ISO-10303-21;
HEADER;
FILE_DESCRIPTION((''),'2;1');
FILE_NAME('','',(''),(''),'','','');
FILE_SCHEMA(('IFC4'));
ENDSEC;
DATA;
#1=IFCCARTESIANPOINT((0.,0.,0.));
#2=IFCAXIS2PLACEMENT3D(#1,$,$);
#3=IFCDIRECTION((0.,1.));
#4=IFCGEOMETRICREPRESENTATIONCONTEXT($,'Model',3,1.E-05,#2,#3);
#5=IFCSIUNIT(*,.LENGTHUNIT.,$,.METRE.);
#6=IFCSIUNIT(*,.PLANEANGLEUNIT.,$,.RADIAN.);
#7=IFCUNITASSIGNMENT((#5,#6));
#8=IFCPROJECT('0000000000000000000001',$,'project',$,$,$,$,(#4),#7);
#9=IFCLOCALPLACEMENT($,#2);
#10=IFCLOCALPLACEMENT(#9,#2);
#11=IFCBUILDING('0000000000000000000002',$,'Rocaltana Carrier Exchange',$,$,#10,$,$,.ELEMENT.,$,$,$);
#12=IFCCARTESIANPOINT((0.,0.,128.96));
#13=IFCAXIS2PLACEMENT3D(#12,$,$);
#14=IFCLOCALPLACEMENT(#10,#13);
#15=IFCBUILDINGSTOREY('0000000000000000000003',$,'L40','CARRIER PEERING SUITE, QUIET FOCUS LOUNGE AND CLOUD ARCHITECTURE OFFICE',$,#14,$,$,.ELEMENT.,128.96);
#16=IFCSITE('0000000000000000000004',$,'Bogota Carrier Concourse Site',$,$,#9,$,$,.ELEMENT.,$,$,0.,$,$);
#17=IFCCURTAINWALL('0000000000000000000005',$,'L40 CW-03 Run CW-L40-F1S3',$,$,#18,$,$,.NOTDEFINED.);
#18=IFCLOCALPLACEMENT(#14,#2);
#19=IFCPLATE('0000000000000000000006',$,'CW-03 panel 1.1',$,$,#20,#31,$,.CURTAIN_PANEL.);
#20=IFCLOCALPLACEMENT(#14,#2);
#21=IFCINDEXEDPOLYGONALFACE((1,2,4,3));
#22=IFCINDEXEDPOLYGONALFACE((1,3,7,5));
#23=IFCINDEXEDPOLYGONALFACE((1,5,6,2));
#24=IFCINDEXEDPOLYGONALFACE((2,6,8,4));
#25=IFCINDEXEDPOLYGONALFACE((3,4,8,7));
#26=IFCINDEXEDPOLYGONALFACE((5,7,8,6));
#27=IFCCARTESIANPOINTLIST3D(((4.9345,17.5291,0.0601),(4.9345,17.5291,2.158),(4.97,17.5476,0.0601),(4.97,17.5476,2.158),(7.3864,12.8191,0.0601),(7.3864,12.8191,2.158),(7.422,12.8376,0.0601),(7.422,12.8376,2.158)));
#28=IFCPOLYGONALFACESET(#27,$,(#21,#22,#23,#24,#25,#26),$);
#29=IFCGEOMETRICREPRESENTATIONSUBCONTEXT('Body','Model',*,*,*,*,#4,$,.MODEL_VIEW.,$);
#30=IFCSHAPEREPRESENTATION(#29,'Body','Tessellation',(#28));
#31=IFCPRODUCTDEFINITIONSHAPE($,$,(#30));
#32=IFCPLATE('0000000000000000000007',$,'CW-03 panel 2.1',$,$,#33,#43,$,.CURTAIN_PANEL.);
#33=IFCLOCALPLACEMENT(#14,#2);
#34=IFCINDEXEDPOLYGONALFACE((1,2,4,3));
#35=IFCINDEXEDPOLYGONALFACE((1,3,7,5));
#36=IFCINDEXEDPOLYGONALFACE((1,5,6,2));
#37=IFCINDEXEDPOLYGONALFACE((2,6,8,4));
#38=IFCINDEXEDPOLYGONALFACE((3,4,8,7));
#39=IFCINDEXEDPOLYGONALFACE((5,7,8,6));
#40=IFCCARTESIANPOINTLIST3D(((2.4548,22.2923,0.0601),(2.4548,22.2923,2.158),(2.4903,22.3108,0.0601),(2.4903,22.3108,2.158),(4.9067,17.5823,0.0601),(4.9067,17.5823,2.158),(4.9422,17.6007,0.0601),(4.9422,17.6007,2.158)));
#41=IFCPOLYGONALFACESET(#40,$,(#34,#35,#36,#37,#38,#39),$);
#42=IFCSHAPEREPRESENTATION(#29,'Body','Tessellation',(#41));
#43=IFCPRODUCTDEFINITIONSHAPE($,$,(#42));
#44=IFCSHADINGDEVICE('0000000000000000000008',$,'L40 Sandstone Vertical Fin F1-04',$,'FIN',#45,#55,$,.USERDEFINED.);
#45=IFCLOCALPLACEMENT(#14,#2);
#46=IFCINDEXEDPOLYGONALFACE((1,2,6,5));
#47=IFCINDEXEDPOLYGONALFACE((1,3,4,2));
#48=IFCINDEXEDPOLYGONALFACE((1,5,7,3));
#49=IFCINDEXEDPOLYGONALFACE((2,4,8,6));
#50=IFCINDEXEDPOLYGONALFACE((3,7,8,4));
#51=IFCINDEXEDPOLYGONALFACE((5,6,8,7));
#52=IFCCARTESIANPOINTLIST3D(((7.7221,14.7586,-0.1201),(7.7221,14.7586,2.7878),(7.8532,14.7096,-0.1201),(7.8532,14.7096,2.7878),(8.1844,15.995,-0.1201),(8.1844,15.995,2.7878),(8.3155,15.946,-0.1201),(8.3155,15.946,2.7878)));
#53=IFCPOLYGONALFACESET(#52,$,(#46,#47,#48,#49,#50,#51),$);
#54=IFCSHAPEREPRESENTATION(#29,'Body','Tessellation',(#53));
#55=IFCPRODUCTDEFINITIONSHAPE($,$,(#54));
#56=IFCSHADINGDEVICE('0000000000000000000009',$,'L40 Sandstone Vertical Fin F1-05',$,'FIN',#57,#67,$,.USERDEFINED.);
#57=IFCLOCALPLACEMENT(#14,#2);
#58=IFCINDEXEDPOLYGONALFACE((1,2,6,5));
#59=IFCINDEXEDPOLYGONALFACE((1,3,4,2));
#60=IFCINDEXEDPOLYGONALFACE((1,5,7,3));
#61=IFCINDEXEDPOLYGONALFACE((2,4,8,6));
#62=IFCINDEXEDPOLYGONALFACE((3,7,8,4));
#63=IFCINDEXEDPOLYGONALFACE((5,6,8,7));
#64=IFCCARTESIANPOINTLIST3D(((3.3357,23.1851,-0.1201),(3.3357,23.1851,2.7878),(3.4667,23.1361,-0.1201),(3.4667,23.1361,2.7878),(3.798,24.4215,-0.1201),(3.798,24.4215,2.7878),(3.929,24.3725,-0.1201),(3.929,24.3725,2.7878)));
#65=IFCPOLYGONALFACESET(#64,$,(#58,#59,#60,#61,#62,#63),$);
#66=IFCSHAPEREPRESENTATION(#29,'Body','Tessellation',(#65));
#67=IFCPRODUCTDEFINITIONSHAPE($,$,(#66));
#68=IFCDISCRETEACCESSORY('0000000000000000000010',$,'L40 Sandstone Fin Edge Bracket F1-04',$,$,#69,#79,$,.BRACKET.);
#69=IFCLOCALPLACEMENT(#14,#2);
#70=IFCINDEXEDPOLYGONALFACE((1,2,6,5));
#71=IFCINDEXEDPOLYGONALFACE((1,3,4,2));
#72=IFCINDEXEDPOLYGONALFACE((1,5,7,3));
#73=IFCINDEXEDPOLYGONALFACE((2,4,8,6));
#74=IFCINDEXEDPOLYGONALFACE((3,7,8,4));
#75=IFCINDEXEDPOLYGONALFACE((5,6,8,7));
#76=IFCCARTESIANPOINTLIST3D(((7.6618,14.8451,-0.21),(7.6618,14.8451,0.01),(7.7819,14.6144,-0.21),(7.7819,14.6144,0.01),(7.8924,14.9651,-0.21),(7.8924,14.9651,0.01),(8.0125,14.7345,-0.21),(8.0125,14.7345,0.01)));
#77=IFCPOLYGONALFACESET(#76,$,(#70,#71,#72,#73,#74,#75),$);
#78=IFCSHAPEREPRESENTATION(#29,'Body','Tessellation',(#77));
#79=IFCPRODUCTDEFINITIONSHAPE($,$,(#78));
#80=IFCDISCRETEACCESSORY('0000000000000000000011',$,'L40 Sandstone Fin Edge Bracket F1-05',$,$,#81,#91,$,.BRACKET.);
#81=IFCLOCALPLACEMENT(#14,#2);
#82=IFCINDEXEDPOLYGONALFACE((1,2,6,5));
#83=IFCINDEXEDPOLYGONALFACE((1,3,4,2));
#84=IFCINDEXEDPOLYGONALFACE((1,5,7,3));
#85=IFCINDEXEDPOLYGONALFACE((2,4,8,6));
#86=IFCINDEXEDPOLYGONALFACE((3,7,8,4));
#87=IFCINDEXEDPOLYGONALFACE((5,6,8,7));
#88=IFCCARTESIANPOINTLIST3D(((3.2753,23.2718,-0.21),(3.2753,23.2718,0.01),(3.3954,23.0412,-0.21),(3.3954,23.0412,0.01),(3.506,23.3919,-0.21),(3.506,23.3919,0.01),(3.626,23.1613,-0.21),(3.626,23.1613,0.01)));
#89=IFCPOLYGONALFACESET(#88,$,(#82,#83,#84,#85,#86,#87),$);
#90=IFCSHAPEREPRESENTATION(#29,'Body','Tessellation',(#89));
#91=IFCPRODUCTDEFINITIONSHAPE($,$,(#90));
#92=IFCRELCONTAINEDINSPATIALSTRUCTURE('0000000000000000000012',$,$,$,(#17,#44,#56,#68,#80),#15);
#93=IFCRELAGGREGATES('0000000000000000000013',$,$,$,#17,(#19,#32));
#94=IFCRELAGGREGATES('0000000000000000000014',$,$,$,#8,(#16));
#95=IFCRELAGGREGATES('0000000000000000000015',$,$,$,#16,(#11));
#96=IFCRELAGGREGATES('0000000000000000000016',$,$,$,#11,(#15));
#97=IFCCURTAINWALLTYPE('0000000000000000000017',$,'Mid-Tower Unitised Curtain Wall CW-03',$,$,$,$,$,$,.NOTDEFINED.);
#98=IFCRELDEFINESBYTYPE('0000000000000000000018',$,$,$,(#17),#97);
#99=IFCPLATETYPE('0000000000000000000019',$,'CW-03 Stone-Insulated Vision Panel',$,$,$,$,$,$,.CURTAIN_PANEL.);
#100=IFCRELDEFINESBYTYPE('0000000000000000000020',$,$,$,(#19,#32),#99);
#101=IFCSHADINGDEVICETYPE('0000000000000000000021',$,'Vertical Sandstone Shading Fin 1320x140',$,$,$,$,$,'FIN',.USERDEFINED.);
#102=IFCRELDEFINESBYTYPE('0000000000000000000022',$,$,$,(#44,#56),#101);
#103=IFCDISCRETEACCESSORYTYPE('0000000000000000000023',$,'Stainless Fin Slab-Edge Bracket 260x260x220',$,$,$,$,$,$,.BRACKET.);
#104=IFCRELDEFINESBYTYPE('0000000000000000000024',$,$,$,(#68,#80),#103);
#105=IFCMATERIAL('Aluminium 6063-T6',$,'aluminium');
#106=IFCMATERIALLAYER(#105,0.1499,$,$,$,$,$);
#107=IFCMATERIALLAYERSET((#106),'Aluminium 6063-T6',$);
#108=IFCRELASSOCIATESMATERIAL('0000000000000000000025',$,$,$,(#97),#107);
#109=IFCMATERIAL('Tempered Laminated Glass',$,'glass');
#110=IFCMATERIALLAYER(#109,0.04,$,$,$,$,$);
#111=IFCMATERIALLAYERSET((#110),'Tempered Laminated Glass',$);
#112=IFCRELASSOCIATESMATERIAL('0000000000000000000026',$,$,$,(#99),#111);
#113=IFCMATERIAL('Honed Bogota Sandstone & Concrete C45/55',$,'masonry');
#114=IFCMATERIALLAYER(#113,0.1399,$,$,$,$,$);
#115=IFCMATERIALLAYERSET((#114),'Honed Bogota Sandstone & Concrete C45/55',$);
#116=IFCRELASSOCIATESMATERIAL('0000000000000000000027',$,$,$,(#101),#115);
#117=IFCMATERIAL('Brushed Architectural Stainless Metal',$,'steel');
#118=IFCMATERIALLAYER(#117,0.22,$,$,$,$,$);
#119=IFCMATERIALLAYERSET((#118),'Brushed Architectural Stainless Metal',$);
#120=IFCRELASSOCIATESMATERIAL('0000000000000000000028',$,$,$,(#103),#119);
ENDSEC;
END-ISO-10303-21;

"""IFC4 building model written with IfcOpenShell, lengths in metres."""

from ifc_helpers import new_model, si_unit, direction, frame, origin, origin_2d, place, context, subcontext, project, spatial, rectangle, extrude, material, layer, layer_set, type_object, element, aggregate, save


model = new_model("IFC4")

# Units and contexts
model_context = context("Model", 3, precision=1e-05, world=origin(), true_north=direction((0.0, 1.0)))
body_context = subcontext(model_context, "Body", "Model", "MODEL_VIEW")
ifc_project = project(units=[si_unit("LENGTHUNIT", "METRE"), si_unit("PLANEANGLEUNIT", "RADIAN")], contexts=[model_context])

# Site, building, storey
site_placement = place(None, origin())
site = spatial("IfcSite", under=ifc_project, at=site_placement, Name="Bogota Carrier Concourse Site", CompositionType="ELEMENT", RefElevation=0.0)
building_placement = place(site_placement, origin())
building = spatial("IfcBuilding", under=site, at=building_placement, Name="Rocaltana Carrier Exchange", CompositionType="ELEMENT")
storey_placement = place(building_placement, frame((0.0, 0.0, 128.96)))
storey = spatial("IfcBuildingStorey", under=building, at=storey_placement, Name="L40", Description="CARRIER PEERING SUITE, QUIET FOCUS LOUNGE AND CLOUD ARCHITECTURE OFFICE", CompositionType="ELEMENT", Elevation=128.96)

# Curtain wall
ifc_material_1 = material(Name="Aluminium 6063-T6", Category="aluminium")
ifc_layer_1 = layer(ifc_material_1, 0.1499)
ifc_layer_set_1 = layer_set([ifc_layer_1], Name="Aluminium 6063-T6")
curtain_wall_type = type_object("IfcCurtainWallType", Name="Mid-Tower Unitised Curtain Wall CW-03", PredefinedType="NOTDEFINED", material=ifc_layer_set_1)
curtain_wall_placement = place(storey_placement, origin())
curtain_wall = element("IfcCurtainWall", 1, at=curtain_wall_placement, inside=storey, type_object=curtain_wall_type, Name="L40 CW-03 Run CW-L40-F1S3", PredefinedType="NOTDEFINED")

# Plates
ifc_material_2 = material(Name="Tempered Laminated Glass", Category="glass")
ifc_layer_2 = layer(ifc_material_2, 0.04)
ifc_layer_set_2 = layer_set([ifc_layer_2], Name="Tempered Laminated Glass")
plate_type = type_object("IfcPlateType", Name="CW-03 Stone-Insulated Vision Panel", PredefinedType="CURTAIN_PANEL", material=ifc_layer_set_2)
plate_1_placement = place(storey_placement, frame((6.1782, 15.1833, 0.0601), z_axis=(0.0, 0.0, 1.0), x_axis=(-0.461754, 0.887008, 0.0)))
plate_1 = element("IfcPlate", 2, at=plate_1_placement, type_object=plate_type, Name="CW-03 panel 1.1", PredefinedType="CURTAIN_PANEL", context=body_context, shape_type="SweptSolid", body=[
    extrude(rectangle(XDim=5.3101, YDim=0.04, at=origin_2d()), origin(), (0.0, 0.0, 1.0), 2.0979),
])
plate_2_placement = place(storey_placement, frame((3.6985, 19.9465, 0.0601), z_axis=(0.0, 0.0, 1.0), x_axis=(-0.461754, 0.887008, 0.0)))
plate_2 = element("IfcPlate", 3, at=plate_2_placement, type_object=plate_type, Name="CW-03 panel 2.1", PredefinedType="CURTAIN_PANEL", context=body_context, shape_type="SweptSolid", body=[
    extrude(rectangle(XDim=5.3101, YDim=0.04, at=origin_2d()), origin(), (0.0, 0.0, 1.0), 2.0979),
])
aggregate(curtain_wall, [plate_1, plate_2])

# Shading devices
ifc_material_3 = material(Name="Honed Bogota Sandstone & Concrete C45/55", Category="masonry")
ifc_layer_3 = layer(ifc_material_3, 0.1399)
ifc_layer_set_3 = layer_set([ifc_layer_3], Name="Honed Bogota Sandstone & Concrete C45/55")
shading_device_type = type_object("IfcShadingDeviceType", Name="Vertical Sandstone Shading Fin 1320x140", ElementType="FIN", PredefinedType="USERDEFINED", material=ifc_layer_set_3)
for number, where, z_axis, x_axis, name in (
    (4, (8.0188, 15.3523, -0.1201), (0.0, 0.0, 1.0), (0.350207, 0.936672, 0.0), "L40 Sandstone Vertical Fin F1-04"),
    (5, (3.6323, 23.7788, -0.1201), (0.0, 0.0, 1.0), (0.350207, 0.936672, 0.0), "L40 Sandstone Vertical Fin F1-05"),
):
    element("IfcShadingDevice", number, at=place(storey_placement, frame(where, z_axis=z_axis, x_axis=x_axis)), inside=storey, type_object=shading_device_type, Name=name, ObjectType="FIN", PredefinedType="USERDEFINED", context=body_context, shape_type="SweptSolid", body=[
        extrude(rectangle(XDim=1.3201, YDim=0.1399, at=origin_2d()), origin(), (0.0, 0.0, 1.0), 2.908),
    ])

# Discrete accessories
ifc_material_4 = material(Name="Brushed Architectural Stainless Metal", Category="steel")
ifc_layer_4 = layer(ifc_material_4, 0.22)
ifc_layer_set_4 = layer_set([ifc_layer_4], Name="Brushed Architectural Stainless Metal")
discrete_accessory_type = type_object("IfcDiscreteAccessoryType", Name="Stainless Fin Slab-Edge Bracket 260x260x220", PredefinedType="BRACKET", material=ifc_layer_set_4)
for number, where, z_axis, x_axis, name in (
    (6, (7.8372, 14.7898, -0.21), (0.0, 0.0, 1.0), (-0.461749, 0.887011, 0.0), "L40 Sandstone Fin Edge Bracket F1-04"),
    (7, (3.4507, 23.2166, -0.21), (0.0, 0.0, 1.0), (-0.461749, 0.887011, 0.0), "L40 Sandstone Fin Edge Bracket F1-05"),
):
    element("IfcDiscreteAccessory", number, at=place(storey_placement, frame(where, z_axis=z_axis, x_axis=x_axis)), inside=storey, type_object=discrete_accessory_type, Name=name, PredefinedType="BRACKET", context=body_context, shape_type="SweptSolid", body=[
        extrude(rectangle(XDim=0.26, YDim=0.26, at=origin_2d()), origin(), (0.0, 0.0, 1.0), 0.22),
    ])

save(model, "model.ifc")
